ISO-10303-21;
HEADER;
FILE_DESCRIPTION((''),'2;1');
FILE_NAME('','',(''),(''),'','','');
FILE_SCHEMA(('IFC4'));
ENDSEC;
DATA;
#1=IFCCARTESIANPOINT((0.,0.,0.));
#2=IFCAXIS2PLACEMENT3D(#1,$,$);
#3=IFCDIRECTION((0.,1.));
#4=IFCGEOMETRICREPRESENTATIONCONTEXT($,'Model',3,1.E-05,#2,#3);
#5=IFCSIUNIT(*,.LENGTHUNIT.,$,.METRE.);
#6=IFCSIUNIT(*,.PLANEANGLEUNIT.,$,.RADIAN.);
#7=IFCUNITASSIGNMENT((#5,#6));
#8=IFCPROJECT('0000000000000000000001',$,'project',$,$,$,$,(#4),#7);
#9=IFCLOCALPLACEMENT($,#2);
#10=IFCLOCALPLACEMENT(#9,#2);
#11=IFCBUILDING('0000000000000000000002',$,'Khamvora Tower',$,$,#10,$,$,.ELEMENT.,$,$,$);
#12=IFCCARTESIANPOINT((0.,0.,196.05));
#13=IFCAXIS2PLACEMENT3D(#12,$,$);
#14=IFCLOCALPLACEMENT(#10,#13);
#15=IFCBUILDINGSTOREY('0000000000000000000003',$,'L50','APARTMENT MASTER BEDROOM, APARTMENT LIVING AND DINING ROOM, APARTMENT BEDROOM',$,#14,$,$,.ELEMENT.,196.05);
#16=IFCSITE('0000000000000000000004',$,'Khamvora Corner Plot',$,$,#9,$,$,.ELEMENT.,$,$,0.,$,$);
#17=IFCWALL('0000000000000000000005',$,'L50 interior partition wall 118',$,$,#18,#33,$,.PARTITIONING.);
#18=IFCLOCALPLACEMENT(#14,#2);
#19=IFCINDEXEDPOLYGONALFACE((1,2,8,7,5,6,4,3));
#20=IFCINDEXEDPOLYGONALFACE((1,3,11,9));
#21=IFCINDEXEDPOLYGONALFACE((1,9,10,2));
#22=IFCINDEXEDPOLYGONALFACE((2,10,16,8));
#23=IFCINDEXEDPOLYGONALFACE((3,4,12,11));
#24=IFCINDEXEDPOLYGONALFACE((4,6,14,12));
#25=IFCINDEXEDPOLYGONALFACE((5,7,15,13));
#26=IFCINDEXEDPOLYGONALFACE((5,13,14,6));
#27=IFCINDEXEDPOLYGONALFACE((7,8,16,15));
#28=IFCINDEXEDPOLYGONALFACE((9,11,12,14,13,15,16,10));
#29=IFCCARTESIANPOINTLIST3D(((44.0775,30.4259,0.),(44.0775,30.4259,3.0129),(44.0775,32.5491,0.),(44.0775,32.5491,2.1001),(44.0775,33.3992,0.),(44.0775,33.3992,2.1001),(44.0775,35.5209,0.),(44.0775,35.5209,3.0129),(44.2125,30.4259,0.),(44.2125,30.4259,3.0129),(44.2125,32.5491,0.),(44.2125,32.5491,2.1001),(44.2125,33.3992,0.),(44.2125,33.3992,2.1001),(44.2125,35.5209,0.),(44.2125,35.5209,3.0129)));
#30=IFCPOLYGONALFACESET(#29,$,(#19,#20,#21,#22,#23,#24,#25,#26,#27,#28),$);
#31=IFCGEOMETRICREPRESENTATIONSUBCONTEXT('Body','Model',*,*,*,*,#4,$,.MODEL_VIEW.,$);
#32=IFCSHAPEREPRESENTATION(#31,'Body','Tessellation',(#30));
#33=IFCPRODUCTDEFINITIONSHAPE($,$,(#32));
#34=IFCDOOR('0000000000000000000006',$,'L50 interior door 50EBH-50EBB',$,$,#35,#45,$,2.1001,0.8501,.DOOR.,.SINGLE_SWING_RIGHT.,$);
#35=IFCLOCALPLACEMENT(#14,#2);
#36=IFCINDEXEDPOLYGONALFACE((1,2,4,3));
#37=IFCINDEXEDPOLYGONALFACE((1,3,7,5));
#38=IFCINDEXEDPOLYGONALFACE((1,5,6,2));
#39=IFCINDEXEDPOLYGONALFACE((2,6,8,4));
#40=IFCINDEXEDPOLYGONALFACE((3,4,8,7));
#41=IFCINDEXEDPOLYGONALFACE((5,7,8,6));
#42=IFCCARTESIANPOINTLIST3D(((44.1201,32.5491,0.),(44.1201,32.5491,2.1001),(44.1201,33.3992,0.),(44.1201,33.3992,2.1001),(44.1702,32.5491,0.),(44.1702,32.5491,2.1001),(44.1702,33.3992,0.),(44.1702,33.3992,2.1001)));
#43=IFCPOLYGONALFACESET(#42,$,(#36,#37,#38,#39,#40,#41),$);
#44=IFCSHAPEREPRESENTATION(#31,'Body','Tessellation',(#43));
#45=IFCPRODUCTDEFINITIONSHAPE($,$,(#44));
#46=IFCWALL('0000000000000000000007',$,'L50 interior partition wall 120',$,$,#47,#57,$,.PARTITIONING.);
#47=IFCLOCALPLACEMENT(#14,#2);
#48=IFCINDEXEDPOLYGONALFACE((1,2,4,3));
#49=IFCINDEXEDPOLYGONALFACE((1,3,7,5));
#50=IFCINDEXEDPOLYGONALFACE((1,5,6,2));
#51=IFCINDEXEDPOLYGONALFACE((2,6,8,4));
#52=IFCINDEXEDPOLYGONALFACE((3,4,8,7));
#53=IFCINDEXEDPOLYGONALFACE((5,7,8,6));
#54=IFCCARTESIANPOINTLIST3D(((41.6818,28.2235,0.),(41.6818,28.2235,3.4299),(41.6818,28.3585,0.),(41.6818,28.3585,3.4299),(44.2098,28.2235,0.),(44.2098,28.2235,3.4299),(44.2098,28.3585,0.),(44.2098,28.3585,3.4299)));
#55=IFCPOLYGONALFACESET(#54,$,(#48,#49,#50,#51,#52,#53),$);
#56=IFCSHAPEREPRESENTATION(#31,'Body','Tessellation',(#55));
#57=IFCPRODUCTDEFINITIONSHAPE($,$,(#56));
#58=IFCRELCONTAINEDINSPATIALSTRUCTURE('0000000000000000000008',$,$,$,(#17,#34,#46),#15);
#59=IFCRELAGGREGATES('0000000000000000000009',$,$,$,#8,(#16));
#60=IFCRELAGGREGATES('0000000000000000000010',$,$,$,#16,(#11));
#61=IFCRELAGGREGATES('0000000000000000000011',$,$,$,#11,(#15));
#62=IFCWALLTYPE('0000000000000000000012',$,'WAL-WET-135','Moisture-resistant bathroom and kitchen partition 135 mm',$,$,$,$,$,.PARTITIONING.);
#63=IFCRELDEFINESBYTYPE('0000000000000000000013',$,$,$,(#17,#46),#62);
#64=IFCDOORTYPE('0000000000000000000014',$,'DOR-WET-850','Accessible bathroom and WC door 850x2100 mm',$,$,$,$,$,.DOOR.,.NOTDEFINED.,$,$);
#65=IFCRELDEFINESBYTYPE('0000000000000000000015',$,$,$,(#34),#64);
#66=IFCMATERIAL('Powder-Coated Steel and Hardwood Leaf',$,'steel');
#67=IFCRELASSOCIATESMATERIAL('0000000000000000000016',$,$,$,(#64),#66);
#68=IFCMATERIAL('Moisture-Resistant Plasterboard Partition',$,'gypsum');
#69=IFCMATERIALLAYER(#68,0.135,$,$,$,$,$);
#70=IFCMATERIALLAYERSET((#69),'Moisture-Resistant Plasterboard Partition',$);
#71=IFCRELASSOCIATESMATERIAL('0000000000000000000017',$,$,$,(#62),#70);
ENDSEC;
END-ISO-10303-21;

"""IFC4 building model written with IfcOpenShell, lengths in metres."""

from ifc_helpers import new_model, si_unit, direction, frame, frame_2d, origin, place, context, subcontext, project, spatial, rectangle, extrude, material, layer, layer_set, type_object, element, fill, save


model = new_model("IFC4")

# Units and contexts
model_context = context("Model", 3, precision=1e-05, world=origin(), true_north=direction((0.0, 1.0)))
body_context = subcontext(model_context, "Body", "Model", "MODEL_VIEW")
ifc_project = project(units=[si_unit("LENGTHUNIT", "METRE"), si_unit("PLANEANGLEUNIT", "RADIAN")], contexts=[model_context])

# Site, building, storey
site_placement = place(None, origin())
site = spatial("IfcSite", under=ifc_project, at=site_placement, Name="Khamvora Corner Plot", CompositionType="ELEMENT", RefElevation=0.0)
building_placement = place(site_placement, origin())
building = spatial("IfcBuilding", under=site, at=building_placement, Name="Khamvora Tower", CompositionType="ELEMENT")
storey_placement = place(building_placement, frame((0.0, 0.0, 196.05)))
storey = spatial("IfcBuildingStorey", under=building, at=storey_placement, Name="L50", Description="APARTMENT MASTER BEDROOM, APARTMENT LIVING AND DINING ROOM, APARTMENT BEDROOM", CompositionType="ELEMENT", Elevation=196.05)

# Shared definitions
ifc_material_1 = material(Name="Powder-Coated Steel and Hardwood Leaf", Category="steel")

# Shared definitions
door_type_1 = type_object("IfcDoorType", Name="DOR-WET-850", Description="Accessible bathroom and WC door 850x2100 mm", OperationType="NOTDEFINED", PredefinedType="DOOR", material=ifc_material_1)

# Shared definitions
ifc_material_2 = material(Name="Moisture-Resistant Plasterboard Partition", Category="gypsum")
ifc_layer_1 = layer(ifc_material_2, 0.135)
ifc_layer_set_1 = layer_set([ifc_layer_1], Name="Moisture-Resistant Plasterboard Partition")
wall_type_1 = type_object("IfcWallType", Name="WAL-WET-135", Description="Moisture-resistant bathroom and kitchen partition 135 mm", PredefinedType="PARTITIONING", material=ifc_layer_set_1)

# Wall, opening, door
wall_1_placement = place(storey_placement, frame((44.145, 30.426, 0.0), z_axis=(0.0, 0.0, 1.0), x_axis=(0.0, 1.0, 0.0)))
wall_1 = element("IfcWall", 1, at=wall_1_placement, inside=storey, type_object=wall_type_1, Name="L50 interior partition wall 118", PredefinedType="PARTITIONING", context=body_context, shape_type="SweptSolid", body=[
    extrude(rectangle(XDim=5.095, YDim=0.135, at=frame_2d((2.5474, 0.0))), origin(), (0.0, 0.0, 1.0), 3.0129),
])
opening_1_placement = place(wall_1_placement, frame((2.123, 0.0, 0.0)))
opening_1 = element("IfcOpeningElement", 2, at=opening_1_placement, cuts=wall_1, PredefinedType="OPENING", context=body_context, shape_type="SweptSolid", body=[
    extrude(rectangle(XDim=0.8501, YDim=2.1001, at=frame_2d((0.425, 1.05))), frame((0.0, 0.0774, 0.0), z_axis=(0.0, -1.0, 0.0), x_axis=(1.0, 0.0, 0.0)), (0.0, 0.0, 1.0), 0.155),
])
door_1_placement = place(opening_1_placement, origin())
door_1 = element("IfcDoor", 3, at=door_1_placement, inside=storey, type_object=door_type_1, Name="L50 interior door 50EBH-50EBB", OperationType="SINGLE_SWING_RIGHT", OverallHeight=2.1001, OverallWidth=0.8501, PredefinedType="DOOR", context=body_context, shape_type="SweptSolid", body=[
    extrude(rectangle(XDim=0.8501, YDim=2.1001, at=frame_2d((0.425, 1.05))), frame((0.0, 0.0249, 0.0), z_axis=(0.0, -1.0, 0.0), x_axis=(1.0, 0.0, 0.0)), (0.0, 0.0, 1.0), 0.05),
])
fill(opening_1, door_1)

# Wall
wall_2_placement = place(storey_placement, frame((44.21, 28.291, 0.0), z_axis=(0.0, 0.0, 1.0), x_axis=(-1.0, 0.0, 0.0)))
element("IfcWall", 4, at=wall_2_placement, inside=storey, type_object=wall_type_1, Name="L50 interior partition wall 120", PredefinedType="PARTITIONING", context=body_context, shape_type="SweptSolid", body=[
    extrude(rectangle(XDim=2.5281, YDim=0.135, at=frame_2d((1.2642, 0.0))), origin(), (0.0, 0.0, 1.0), 3.4299),
])

save(model, "model.ifc")
